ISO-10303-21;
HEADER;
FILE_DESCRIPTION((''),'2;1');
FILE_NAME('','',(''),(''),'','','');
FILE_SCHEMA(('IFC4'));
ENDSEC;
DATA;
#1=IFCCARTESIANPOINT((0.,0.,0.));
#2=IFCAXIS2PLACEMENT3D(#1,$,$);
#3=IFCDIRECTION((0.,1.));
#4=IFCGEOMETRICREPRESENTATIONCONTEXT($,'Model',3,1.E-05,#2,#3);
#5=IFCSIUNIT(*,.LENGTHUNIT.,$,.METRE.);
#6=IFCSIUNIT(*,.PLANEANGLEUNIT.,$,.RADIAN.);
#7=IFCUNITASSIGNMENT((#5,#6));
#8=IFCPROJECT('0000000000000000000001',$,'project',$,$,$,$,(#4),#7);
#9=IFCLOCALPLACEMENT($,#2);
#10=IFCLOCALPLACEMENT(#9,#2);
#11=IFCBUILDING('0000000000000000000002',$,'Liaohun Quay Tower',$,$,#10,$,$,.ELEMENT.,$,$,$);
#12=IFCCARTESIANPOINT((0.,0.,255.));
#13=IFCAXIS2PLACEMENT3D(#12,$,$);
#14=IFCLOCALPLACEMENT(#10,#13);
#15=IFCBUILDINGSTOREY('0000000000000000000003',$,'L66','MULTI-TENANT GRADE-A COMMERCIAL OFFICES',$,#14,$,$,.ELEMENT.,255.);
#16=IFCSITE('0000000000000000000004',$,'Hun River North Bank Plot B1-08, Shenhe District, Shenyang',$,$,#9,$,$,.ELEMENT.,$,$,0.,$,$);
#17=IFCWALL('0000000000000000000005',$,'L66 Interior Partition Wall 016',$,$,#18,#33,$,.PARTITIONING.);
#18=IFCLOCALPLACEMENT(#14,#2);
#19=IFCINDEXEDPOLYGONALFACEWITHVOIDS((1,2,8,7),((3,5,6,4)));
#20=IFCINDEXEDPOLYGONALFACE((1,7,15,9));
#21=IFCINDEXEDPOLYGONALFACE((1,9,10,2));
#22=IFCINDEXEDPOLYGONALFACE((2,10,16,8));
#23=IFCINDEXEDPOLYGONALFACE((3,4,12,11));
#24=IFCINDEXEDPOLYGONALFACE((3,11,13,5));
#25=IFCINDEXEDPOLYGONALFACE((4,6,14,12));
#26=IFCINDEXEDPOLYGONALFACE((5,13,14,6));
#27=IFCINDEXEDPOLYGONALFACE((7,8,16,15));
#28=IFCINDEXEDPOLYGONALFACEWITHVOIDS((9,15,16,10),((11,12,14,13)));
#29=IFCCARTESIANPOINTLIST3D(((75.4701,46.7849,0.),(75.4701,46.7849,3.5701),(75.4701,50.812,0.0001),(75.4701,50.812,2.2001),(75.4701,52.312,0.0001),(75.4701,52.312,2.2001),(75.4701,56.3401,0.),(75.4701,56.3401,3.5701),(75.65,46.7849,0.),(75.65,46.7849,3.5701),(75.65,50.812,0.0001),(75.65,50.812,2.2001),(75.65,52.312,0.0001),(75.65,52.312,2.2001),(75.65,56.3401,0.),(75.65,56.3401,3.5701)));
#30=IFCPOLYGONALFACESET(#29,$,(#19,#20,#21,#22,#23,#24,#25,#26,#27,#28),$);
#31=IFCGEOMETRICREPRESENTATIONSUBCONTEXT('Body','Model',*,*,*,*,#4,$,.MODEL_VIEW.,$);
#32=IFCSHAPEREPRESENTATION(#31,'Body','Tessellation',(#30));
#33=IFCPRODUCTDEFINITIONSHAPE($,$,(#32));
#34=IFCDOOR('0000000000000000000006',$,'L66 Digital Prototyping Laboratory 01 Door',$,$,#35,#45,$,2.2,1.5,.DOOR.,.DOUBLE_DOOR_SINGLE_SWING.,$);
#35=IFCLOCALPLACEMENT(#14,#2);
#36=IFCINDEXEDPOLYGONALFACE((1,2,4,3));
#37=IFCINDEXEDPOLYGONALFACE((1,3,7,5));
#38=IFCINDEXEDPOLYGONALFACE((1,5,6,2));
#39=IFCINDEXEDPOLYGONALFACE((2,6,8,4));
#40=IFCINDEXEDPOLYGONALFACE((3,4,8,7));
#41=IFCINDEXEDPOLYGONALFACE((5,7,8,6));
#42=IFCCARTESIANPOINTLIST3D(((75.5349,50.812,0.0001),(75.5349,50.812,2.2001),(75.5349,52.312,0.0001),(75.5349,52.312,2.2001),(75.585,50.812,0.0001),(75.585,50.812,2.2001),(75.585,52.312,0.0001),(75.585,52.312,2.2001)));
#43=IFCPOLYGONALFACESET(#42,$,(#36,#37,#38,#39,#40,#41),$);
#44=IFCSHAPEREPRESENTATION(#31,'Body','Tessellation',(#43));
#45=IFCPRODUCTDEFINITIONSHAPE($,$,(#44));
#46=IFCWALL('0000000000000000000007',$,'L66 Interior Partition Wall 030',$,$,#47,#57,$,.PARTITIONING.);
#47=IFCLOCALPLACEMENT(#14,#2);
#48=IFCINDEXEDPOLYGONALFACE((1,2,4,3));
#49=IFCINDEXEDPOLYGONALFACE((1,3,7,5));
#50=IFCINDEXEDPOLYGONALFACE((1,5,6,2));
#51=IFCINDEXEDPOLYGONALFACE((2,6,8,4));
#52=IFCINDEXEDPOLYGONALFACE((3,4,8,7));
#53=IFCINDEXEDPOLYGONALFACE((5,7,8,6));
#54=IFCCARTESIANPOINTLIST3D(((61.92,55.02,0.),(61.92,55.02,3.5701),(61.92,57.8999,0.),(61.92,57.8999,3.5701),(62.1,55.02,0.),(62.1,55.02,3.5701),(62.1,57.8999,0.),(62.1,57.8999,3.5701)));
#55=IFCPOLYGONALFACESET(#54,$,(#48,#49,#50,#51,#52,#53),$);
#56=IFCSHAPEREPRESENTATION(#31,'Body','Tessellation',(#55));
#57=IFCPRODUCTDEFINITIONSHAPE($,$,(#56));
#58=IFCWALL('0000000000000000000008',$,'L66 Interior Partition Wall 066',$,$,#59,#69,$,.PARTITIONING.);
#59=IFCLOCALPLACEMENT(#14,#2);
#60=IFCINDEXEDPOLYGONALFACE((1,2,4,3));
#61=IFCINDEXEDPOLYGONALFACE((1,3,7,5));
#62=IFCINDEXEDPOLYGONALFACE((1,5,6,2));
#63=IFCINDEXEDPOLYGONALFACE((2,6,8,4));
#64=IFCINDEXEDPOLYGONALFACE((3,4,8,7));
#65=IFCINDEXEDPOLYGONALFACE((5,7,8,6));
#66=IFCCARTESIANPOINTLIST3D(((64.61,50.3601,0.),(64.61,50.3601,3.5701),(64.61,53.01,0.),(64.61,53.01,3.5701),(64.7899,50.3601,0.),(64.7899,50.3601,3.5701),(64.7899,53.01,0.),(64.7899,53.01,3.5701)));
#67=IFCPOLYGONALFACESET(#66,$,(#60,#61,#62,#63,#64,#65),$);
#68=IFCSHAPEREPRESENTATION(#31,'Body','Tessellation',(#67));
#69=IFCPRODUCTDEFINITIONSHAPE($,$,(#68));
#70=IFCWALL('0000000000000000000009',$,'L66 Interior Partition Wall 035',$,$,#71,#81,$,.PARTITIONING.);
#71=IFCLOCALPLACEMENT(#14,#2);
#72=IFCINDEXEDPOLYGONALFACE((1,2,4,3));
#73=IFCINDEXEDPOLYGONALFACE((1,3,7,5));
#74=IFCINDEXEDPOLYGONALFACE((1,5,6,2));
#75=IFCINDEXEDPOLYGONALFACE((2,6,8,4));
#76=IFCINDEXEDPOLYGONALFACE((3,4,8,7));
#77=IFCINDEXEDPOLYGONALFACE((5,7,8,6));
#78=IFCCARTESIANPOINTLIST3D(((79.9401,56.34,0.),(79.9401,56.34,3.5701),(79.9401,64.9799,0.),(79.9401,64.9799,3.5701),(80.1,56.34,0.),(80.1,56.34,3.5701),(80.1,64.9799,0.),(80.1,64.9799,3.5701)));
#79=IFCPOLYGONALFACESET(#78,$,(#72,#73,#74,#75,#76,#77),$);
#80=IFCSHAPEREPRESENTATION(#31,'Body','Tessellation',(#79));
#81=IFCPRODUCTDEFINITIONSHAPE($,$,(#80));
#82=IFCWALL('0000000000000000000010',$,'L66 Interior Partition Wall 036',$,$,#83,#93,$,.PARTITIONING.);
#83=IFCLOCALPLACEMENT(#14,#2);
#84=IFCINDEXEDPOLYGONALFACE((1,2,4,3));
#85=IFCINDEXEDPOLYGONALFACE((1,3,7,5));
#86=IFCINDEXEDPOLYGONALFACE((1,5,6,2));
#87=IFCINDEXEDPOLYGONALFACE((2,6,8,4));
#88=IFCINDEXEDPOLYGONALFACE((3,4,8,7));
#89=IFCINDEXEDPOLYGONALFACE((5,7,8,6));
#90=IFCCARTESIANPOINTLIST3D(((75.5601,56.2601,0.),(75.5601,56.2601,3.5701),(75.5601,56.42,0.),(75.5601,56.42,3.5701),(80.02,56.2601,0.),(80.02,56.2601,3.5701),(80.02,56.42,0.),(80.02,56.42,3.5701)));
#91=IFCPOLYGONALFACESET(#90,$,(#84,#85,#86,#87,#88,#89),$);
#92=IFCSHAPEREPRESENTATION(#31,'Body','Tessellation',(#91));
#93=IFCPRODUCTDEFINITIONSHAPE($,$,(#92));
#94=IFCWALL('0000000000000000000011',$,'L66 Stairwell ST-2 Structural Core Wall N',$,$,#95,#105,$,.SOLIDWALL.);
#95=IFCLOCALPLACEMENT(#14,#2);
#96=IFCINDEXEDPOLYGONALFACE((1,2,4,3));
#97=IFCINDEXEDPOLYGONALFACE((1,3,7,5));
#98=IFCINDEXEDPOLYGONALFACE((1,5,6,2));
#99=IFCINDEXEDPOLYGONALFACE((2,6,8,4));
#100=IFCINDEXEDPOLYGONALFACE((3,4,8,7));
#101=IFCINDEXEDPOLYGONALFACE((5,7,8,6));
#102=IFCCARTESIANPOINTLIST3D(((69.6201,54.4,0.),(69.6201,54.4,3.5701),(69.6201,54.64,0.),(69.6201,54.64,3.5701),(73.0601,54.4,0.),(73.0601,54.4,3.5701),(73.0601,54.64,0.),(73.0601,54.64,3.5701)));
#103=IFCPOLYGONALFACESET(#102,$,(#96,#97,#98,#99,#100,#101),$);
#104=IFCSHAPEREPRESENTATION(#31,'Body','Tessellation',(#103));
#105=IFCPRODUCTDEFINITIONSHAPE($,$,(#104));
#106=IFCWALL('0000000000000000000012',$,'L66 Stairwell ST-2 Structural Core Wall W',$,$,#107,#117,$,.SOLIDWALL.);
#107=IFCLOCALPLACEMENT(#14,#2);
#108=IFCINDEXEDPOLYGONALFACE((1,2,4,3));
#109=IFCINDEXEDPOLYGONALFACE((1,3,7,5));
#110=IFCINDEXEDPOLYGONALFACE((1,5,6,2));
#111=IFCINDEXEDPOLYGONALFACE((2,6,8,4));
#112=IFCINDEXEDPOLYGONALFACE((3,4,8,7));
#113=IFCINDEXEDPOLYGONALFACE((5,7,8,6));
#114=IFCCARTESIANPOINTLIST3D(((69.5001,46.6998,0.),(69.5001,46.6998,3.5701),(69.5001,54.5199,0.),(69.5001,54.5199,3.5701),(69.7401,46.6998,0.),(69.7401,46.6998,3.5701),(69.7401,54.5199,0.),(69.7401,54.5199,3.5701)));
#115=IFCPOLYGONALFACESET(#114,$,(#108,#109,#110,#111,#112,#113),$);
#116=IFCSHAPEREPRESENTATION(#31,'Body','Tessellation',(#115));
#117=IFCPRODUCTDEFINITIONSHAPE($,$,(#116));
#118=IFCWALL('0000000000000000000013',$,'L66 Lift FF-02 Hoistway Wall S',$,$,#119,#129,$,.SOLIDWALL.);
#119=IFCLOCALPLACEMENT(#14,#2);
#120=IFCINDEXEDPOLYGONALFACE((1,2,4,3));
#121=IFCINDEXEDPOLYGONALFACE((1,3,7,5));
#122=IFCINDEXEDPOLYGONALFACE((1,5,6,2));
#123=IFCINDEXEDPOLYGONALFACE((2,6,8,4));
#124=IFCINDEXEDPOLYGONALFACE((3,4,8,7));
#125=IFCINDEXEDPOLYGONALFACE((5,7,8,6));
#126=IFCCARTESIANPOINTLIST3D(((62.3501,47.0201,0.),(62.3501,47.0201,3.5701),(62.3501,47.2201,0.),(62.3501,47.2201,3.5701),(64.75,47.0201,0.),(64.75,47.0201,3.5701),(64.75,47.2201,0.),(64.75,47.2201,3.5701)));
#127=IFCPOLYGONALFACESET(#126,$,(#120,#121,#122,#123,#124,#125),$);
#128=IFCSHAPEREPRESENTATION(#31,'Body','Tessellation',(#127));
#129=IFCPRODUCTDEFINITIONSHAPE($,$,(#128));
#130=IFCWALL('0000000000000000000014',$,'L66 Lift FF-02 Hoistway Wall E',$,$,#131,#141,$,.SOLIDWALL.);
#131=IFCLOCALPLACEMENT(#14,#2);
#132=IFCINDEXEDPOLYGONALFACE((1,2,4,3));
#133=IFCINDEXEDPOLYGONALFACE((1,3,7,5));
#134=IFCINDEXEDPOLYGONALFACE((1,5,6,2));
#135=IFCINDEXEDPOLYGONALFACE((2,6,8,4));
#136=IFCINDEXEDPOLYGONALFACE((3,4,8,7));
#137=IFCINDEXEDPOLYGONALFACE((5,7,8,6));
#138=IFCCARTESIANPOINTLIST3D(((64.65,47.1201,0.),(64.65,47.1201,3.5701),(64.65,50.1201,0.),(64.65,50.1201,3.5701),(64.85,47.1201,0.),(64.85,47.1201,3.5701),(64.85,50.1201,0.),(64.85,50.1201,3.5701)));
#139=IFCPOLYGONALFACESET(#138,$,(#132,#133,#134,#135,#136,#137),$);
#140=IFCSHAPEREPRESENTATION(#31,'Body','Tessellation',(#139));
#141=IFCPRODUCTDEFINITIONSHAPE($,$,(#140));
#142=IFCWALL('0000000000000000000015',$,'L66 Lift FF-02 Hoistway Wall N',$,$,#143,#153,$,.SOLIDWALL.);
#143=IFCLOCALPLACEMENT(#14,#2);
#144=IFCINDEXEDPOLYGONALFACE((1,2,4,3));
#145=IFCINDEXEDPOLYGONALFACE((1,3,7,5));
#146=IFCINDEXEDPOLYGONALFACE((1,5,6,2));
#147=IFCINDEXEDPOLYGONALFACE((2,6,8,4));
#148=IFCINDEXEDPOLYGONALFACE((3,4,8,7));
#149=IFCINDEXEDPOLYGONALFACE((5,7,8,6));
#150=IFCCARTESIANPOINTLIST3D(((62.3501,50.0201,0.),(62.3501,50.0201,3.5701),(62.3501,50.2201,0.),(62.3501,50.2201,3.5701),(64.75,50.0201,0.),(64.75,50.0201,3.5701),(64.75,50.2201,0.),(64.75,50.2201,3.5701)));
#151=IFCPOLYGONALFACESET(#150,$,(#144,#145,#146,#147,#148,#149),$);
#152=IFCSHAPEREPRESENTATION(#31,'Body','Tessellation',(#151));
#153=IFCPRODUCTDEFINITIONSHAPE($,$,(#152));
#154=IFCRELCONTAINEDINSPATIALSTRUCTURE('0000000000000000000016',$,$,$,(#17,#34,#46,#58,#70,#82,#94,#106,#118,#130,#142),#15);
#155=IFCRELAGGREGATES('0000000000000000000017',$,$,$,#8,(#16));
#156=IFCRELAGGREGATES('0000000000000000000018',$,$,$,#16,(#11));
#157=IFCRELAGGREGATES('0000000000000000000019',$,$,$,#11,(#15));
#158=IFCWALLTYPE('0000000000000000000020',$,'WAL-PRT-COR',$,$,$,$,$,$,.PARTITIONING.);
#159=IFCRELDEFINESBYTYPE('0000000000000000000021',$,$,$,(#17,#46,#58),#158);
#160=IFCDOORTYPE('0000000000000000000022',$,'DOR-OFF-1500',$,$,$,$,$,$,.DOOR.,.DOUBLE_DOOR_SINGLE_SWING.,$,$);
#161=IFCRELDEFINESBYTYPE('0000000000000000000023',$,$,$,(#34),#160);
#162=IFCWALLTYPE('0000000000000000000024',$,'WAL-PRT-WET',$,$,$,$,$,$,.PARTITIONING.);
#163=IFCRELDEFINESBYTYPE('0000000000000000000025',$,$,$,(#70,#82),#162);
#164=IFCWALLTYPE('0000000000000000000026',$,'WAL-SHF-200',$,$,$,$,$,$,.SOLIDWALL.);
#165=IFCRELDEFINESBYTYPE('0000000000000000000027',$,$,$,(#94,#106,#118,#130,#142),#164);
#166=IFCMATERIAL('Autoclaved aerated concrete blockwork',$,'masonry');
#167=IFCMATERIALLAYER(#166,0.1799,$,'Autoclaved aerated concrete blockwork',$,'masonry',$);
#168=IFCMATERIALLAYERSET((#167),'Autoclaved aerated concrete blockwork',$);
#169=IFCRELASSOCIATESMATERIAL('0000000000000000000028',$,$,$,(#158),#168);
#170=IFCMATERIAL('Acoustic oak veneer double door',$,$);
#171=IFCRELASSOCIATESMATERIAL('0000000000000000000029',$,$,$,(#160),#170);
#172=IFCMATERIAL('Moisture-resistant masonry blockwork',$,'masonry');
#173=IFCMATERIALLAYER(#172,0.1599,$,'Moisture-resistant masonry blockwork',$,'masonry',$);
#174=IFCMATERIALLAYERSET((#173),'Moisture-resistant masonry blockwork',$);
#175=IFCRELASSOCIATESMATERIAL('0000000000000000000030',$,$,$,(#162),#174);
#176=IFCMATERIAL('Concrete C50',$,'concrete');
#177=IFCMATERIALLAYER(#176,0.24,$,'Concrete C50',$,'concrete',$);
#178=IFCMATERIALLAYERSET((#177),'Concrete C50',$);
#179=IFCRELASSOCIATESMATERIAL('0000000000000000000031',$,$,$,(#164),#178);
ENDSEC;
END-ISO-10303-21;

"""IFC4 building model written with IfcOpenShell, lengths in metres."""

from ifc_helpers import new_model, si_unit, direction, frame, frame_2d, origin, place, context, subcontext, project, spatial, rectangle, extrude, source, transform, mapped, material, layer, layer_set, type_object, element, fill, save


model = new_model("IFC4")

# Units and contexts
model_context = context("Model", 3, precision=1e-05, world=origin(), true_north=direction((0.0, 1.0)))
body_context = subcontext(model_context, "Body", "Model", "MODEL_VIEW")
ifc_project = project(units=[si_unit("LENGTHUNIT", "METRE"), si_unit("PLANEANGLEUNIT", "RADIAN")], contexts=[model_context])

# Site, building, storey
site_placement = place(None, origin())
site = spatial("IfcSite", under=ifc_project, at=site_placement, Name="Hun River North Bank Plot B1-08, Shenhe District, Shenyang", CompositionType="ELEMENT", RefElevation=0.0)
building_placement = place(site_placement, origin())
building = spatial("IfcBuilding", under=site, at=building_placement, Name="Liaohun Quay Tower", CompositionType="ELEMENT")
storey_placement = place(building_placement, frame((0.0, 0.0, 255.0)))
storey = spatial("IfcBuildingStorey", under=building, at=storey_placement, Name="L66", Description="MULTI-TENANT GRADE-A COMMERCIAL OFFICES", CompositionType="ELEMENT", Elevation=255.0)

# Wall, opening, door
ifc_material_1 = material(Name="Autoclaved aerated concrete blockwork", Category="masonry")
ifc_layer_1 = layer(ifc_material_1, 0.1799, Name="Autoclaved aerated concrete blockwork", Category="masonry")
ifc_layer_set_1 = layer_set([ifc_layer_1], Name="Autoclaved aerated concrete blockwork")
wall_type_1 = type_object("IfcWallType", Name="WAL-PRT-COR", PredefinedType="PARTITIONING", material=ifc_layer_set_1)
wall_1_placement = place(storey_placement, frame((75.5601, 56.3401, 0.0), z_axis=(0.0, 0.0, 1.0), x_axis=(0.0, -1.0, 0.0)))
wall_1 = element("IfcWall", 1, at=wall_1_placement, inside=storey, type_object=wall_type_1, Name="L66 Interior Partition Wall 016", PredefinedType="PARTITIONING", context=body_context, shape_type="SweptSolid", body=[
    extrude(rectangle(XDim=9.5552, YDim=0.1799, at=frame_2d((4.7776, 0.0))), origin(), (0.0, 0.0, 1.0), 3.5701),
])
shared_shape_1 = source(origin(), body_context, "Body", "SweptSolid", [
    extrude(rectangle(XDim=1.5, YDim=2.2, at=frame_2d((0.75, 1.1001))), frame((0.0, 0.0999, 0.0), z_axis=(0.0, -1.0, 0.0), x_axis=(1.0, 0.0, 0.0)), (0.0, 0.0, 1.0), 0.2),
])
opening_1_placement = place(wall_1_placement, frame((4.0281, 0.0, 0.0)))
opening_1 = element("IfcOpeningElement", 2, at=opening_1_placement, cuts=wall_1, PredefinedType="OPENING", context=body_context, shape_type="MappedRepresentation", body=[
    mapped(shared_shape_1, transform((0.0, 0.0, 0.0), x_axis=(1.0, 0.0, 0.0), y_axis=(0.0, 1.0, 0.0), z_axis=(0.0, 0.0, 1.0), scale=1.0)),
])
ifc_material_2 = material(Name="Acoustic oak veneer double door")
door_type_1 = type_object("IfcDoorType", Name="DOR-OFF-1500", OperationType="DOUBLE_DOOR_SINGLE_SWING", PredefinedType="DOOR", material=ifc_material_2)
shared_shape_2 = source(origin(), body_context, "Body", "SweptSolid", [
    extrude(rectangle(XDim=1.5, YDim=2.2, at=frame_2d((0.75, 1.1001))), frame((0.0, 0.0249, 0.0), z_axis=(0.0, -1.0, 0.0), x_axis=(1.0, 0.0, 0.0)), (0.0, 0.0, 1.0), 0.05),
])
door_1_placement = place(opening_1_placement, origin())
door_1 = element("IfcDoor", 3, at=door_1_placement, inside=storey, type_object=door_type_1, Name="L66 Digital Prototyping Laboratory 01 Door", OperationType="DOUBLE_DOOR_SINGLE_SWING", OverallHeight=2.2, OverallWidth=1.5, PredefinedType="DOOR", context=body_context, shape_type="MappedRepresentation", body=[
    mapped(shared_shape_2, transform((0.0, 0.0, 0.0), x_axis=(1.0, 0.0, 0.0), y_axis=(0.0, 1.0, 0.0), z_axis=(0.0, 0.0, 1.0), scale=1.0)),
])
fill(opening_1, door_1)

# Walls
wall_2_placement = place(storey_placement, frame((62.01, 55.02, 0.0), z_axis=(0.0, 0.0, 1.0), x_axis=(0.0, 1.0, 0.0)))
element("IfcWall", 4, at=wall_2_placement, inside=storey, type_object=wall_type_1, Name="L66 Interior Partition Wall 030", PredefinedType="PARTITIONING", context=body_context, shape_type="SweptSolid", body=[
    extrude(rectangle(XDim=2.8799, YDim=0.1799, at=frame_2d((1.4399, 0.0))), origin(), (0.0, 0.0, 1.0), 3.5701),
])
wall_3_placement = place(storey_placement, frame((64.7, 50.3601, 0.0), z_axis=(0.0, 0.0, 1.0), x_axis=(0.0, 1.0, 0.0)))
element("IfcWall", 5, at=wall_3_placement, inside=storey, type_object=wall_type_1, Name="L66 Interior Partition Wall 066", PredefinedType="PARTITIONING", context=body_context, shape_type="SweptSolid", body=[
    extrude(rectangle(XDim=2.6499, YDim=0.1799, at=frame_2d((1.325, 0.0))), origin(), (0.0, 0.0, 1.0), 3.5701),
])

# Shared definitions
ifc_material_3 = material(Name="Moisture-resistant masonry blockwork", Category="masonry")
ifc_layer_2 = layer(ifc_material_3, 0.1599, Name="Moisture-resistant masonry blockwork", Category="masonry")
ifc_layer_set_2 = layer_set([ifc_layer_2], Name="Moisture-resistant masonry blockwork")
wall_type_2 = type_object("IfcWallType", Name="WAL-PRT-WET", PredefinedType="PARTITIONING", material=ifc_layer_set_2)

# Walls
wall_4_placement = place(storey_placement, frame((80.02, 56.3401, 0.0), z_axis=(0.0, 0.0, 1.0), x_axis=(0.0, 1.0, 0.0)))
element("IfcWall", 6, at=wall_4_placement, inside=storey, type_object=wall_type_2, Name="L66 Interior Partition Wall 035", PredefinedType="PARTITIONING", context=body_context, shape_type="SweptSolid", body=[
    extrude(rectangle(XDim=8.6399, YDim=0.1599, at=frame_2d((4.3198, 0.0))), origin(), (0.0, 0.0, 1.0), 3.5701),
])
wall_5_placement = place(storey_placement, frame((75.5601, 56.3401, 0.0), z_axis=(0.0, 0.0, 1.0), x_axis=(1.0, 0.0, 0.0)))
element("IfcWall", 7, at=wall_5_placement, inside=storey, type_object=wall_type_2, Name="L66 Interior Partition Wall 036", PredefinedType="PARTITIONING", context=body_context, shape_type="SweptSolid", body=[
    extrude(rectangle(XDim=4.46, YDim=0.1599, at=frame_2d((2.23, 0.0))), origin(), (0.0, 0.0, 1.0), 3.5701),
])
ifc_material_4 = material(Name="Concrete C50", Category="concrete")
ifc_layer_3 = layer(ifc_material_4, 0.24, Name="Concrete C50", Category="concrete")
ifc_layer_set_3 = layer_set([ifc_layer_3], Name="Concrete C50")
wall_type_3 = type_object("IfcWallType", Name="WAL-SHF-200", PredefinedType="SOLIDWALL", material=ifc_layer_set_3)
wall_6_placement = place(storey_placement, frame((73.0601, 54.52, 0.0), z_axis=(0.0, 0.0, 1.0), x_axis=(-1.0, 0.0, 0.0)))
element("IfcWall", 8, at=wall_6_placement, inside=storey, type_object=wall_type_3, Name="L66 Stairwell ST-2 Structural Core Wall N", PredefinedType="SOLIDWALL", context=body_context, shape_type="SweptSolid", body=[
    extrude(rectangle(XDim=3.4399, YDim=0.24, at=frame_2d((1.72, 0.0))), origin(), (0.0, 0.0, 1.0), 3.5701),
])
wall_7_placement = place(storey_placement, frame((69.6201, 54.52, 0.0), z_axis=(0.0, 0.0, 1.0), x_axis=(0.0, -1.0, 0.0)))
element("IfcWall", 9, at=wall_7_placement, inside=storey, type_object=wall_type_3, Name="L66 Stairwell ST-2 Structural Core Wall W", PredefinedType="SOLIDWALL", context=body_context, shape_type="SweptSolid", body=[
    extrude(rectangle(XDim=7.8201, YDim=0.24, at=frame_2d((3.9102, 0.0))), origin(), (0.0, 0.0, 1.0), 3.5701),
])
wall_8_placement = place(storey_placement, frame((62.3501, 47.1201, 0.0), z_axis=(0.0, 0.0, 1.0), x_axis=(1.0, 0.0, 0.0)))
element("IfcWall", 10, at=wall_8_placement, inside=storey, type_object=wall_type_3, Name="L66 Lift FF-02 Hoistway Wall S", PredefinedType="SOLIDWALL", context=body_context, shape_type="SweptSolid", body=[
    extrude(rectangle(XDim=2.3999, YDim=0.2, at=frame_2d((1.2, 0.0))), origin(), (0.0, 0.0, 1.0), 3.5701),
])
wall_9_placement = place(storey_placement, frame((64.75, 47.1201, 0.0), z_axis=(0.0, 0.0, 1.0), x_axis=(0.0, 1.0, 0.0)))
element("IfcWall", 11, at=wall_9_placement, inside=storey, type_object=wall_type_3, Name="L66 Lift FF-02 Hoistway Wall E", PredefinedType="SOLIDWALL", context=body_context, shape_type="SweptSolid", body=[
    extrude(rectangle(XDim=3.0, YDim=0.2, at=frame_2d((1.5, 0.0))), origin(), (0.0, 0.0, 1.0), 3.5701),
])
wall_10_placement = place(storey_placement, frame((64.75, 50.1201, 0.0), z_axis=(0.0, 0.0, 1.0), x_axis=(-1.0, 0.0, 0.0)))
element("IfcWall", 12, at=wall_10_placement, inside=storey, type_object=wall_type_3, Name="L66 Lift FF-02 Hoistway Wall N", PredefinedType="SOLIDWALL", context=body_context, shape_type="SweptSolid", body=[
    extrude(rectangle(XDim=2.3999, YDim=0.2, at=frame_2d((1.2, 0.0))), origin(), (0.0, 0.0, 1.0), 3.5701),
])

save(model, "model.ifc")
